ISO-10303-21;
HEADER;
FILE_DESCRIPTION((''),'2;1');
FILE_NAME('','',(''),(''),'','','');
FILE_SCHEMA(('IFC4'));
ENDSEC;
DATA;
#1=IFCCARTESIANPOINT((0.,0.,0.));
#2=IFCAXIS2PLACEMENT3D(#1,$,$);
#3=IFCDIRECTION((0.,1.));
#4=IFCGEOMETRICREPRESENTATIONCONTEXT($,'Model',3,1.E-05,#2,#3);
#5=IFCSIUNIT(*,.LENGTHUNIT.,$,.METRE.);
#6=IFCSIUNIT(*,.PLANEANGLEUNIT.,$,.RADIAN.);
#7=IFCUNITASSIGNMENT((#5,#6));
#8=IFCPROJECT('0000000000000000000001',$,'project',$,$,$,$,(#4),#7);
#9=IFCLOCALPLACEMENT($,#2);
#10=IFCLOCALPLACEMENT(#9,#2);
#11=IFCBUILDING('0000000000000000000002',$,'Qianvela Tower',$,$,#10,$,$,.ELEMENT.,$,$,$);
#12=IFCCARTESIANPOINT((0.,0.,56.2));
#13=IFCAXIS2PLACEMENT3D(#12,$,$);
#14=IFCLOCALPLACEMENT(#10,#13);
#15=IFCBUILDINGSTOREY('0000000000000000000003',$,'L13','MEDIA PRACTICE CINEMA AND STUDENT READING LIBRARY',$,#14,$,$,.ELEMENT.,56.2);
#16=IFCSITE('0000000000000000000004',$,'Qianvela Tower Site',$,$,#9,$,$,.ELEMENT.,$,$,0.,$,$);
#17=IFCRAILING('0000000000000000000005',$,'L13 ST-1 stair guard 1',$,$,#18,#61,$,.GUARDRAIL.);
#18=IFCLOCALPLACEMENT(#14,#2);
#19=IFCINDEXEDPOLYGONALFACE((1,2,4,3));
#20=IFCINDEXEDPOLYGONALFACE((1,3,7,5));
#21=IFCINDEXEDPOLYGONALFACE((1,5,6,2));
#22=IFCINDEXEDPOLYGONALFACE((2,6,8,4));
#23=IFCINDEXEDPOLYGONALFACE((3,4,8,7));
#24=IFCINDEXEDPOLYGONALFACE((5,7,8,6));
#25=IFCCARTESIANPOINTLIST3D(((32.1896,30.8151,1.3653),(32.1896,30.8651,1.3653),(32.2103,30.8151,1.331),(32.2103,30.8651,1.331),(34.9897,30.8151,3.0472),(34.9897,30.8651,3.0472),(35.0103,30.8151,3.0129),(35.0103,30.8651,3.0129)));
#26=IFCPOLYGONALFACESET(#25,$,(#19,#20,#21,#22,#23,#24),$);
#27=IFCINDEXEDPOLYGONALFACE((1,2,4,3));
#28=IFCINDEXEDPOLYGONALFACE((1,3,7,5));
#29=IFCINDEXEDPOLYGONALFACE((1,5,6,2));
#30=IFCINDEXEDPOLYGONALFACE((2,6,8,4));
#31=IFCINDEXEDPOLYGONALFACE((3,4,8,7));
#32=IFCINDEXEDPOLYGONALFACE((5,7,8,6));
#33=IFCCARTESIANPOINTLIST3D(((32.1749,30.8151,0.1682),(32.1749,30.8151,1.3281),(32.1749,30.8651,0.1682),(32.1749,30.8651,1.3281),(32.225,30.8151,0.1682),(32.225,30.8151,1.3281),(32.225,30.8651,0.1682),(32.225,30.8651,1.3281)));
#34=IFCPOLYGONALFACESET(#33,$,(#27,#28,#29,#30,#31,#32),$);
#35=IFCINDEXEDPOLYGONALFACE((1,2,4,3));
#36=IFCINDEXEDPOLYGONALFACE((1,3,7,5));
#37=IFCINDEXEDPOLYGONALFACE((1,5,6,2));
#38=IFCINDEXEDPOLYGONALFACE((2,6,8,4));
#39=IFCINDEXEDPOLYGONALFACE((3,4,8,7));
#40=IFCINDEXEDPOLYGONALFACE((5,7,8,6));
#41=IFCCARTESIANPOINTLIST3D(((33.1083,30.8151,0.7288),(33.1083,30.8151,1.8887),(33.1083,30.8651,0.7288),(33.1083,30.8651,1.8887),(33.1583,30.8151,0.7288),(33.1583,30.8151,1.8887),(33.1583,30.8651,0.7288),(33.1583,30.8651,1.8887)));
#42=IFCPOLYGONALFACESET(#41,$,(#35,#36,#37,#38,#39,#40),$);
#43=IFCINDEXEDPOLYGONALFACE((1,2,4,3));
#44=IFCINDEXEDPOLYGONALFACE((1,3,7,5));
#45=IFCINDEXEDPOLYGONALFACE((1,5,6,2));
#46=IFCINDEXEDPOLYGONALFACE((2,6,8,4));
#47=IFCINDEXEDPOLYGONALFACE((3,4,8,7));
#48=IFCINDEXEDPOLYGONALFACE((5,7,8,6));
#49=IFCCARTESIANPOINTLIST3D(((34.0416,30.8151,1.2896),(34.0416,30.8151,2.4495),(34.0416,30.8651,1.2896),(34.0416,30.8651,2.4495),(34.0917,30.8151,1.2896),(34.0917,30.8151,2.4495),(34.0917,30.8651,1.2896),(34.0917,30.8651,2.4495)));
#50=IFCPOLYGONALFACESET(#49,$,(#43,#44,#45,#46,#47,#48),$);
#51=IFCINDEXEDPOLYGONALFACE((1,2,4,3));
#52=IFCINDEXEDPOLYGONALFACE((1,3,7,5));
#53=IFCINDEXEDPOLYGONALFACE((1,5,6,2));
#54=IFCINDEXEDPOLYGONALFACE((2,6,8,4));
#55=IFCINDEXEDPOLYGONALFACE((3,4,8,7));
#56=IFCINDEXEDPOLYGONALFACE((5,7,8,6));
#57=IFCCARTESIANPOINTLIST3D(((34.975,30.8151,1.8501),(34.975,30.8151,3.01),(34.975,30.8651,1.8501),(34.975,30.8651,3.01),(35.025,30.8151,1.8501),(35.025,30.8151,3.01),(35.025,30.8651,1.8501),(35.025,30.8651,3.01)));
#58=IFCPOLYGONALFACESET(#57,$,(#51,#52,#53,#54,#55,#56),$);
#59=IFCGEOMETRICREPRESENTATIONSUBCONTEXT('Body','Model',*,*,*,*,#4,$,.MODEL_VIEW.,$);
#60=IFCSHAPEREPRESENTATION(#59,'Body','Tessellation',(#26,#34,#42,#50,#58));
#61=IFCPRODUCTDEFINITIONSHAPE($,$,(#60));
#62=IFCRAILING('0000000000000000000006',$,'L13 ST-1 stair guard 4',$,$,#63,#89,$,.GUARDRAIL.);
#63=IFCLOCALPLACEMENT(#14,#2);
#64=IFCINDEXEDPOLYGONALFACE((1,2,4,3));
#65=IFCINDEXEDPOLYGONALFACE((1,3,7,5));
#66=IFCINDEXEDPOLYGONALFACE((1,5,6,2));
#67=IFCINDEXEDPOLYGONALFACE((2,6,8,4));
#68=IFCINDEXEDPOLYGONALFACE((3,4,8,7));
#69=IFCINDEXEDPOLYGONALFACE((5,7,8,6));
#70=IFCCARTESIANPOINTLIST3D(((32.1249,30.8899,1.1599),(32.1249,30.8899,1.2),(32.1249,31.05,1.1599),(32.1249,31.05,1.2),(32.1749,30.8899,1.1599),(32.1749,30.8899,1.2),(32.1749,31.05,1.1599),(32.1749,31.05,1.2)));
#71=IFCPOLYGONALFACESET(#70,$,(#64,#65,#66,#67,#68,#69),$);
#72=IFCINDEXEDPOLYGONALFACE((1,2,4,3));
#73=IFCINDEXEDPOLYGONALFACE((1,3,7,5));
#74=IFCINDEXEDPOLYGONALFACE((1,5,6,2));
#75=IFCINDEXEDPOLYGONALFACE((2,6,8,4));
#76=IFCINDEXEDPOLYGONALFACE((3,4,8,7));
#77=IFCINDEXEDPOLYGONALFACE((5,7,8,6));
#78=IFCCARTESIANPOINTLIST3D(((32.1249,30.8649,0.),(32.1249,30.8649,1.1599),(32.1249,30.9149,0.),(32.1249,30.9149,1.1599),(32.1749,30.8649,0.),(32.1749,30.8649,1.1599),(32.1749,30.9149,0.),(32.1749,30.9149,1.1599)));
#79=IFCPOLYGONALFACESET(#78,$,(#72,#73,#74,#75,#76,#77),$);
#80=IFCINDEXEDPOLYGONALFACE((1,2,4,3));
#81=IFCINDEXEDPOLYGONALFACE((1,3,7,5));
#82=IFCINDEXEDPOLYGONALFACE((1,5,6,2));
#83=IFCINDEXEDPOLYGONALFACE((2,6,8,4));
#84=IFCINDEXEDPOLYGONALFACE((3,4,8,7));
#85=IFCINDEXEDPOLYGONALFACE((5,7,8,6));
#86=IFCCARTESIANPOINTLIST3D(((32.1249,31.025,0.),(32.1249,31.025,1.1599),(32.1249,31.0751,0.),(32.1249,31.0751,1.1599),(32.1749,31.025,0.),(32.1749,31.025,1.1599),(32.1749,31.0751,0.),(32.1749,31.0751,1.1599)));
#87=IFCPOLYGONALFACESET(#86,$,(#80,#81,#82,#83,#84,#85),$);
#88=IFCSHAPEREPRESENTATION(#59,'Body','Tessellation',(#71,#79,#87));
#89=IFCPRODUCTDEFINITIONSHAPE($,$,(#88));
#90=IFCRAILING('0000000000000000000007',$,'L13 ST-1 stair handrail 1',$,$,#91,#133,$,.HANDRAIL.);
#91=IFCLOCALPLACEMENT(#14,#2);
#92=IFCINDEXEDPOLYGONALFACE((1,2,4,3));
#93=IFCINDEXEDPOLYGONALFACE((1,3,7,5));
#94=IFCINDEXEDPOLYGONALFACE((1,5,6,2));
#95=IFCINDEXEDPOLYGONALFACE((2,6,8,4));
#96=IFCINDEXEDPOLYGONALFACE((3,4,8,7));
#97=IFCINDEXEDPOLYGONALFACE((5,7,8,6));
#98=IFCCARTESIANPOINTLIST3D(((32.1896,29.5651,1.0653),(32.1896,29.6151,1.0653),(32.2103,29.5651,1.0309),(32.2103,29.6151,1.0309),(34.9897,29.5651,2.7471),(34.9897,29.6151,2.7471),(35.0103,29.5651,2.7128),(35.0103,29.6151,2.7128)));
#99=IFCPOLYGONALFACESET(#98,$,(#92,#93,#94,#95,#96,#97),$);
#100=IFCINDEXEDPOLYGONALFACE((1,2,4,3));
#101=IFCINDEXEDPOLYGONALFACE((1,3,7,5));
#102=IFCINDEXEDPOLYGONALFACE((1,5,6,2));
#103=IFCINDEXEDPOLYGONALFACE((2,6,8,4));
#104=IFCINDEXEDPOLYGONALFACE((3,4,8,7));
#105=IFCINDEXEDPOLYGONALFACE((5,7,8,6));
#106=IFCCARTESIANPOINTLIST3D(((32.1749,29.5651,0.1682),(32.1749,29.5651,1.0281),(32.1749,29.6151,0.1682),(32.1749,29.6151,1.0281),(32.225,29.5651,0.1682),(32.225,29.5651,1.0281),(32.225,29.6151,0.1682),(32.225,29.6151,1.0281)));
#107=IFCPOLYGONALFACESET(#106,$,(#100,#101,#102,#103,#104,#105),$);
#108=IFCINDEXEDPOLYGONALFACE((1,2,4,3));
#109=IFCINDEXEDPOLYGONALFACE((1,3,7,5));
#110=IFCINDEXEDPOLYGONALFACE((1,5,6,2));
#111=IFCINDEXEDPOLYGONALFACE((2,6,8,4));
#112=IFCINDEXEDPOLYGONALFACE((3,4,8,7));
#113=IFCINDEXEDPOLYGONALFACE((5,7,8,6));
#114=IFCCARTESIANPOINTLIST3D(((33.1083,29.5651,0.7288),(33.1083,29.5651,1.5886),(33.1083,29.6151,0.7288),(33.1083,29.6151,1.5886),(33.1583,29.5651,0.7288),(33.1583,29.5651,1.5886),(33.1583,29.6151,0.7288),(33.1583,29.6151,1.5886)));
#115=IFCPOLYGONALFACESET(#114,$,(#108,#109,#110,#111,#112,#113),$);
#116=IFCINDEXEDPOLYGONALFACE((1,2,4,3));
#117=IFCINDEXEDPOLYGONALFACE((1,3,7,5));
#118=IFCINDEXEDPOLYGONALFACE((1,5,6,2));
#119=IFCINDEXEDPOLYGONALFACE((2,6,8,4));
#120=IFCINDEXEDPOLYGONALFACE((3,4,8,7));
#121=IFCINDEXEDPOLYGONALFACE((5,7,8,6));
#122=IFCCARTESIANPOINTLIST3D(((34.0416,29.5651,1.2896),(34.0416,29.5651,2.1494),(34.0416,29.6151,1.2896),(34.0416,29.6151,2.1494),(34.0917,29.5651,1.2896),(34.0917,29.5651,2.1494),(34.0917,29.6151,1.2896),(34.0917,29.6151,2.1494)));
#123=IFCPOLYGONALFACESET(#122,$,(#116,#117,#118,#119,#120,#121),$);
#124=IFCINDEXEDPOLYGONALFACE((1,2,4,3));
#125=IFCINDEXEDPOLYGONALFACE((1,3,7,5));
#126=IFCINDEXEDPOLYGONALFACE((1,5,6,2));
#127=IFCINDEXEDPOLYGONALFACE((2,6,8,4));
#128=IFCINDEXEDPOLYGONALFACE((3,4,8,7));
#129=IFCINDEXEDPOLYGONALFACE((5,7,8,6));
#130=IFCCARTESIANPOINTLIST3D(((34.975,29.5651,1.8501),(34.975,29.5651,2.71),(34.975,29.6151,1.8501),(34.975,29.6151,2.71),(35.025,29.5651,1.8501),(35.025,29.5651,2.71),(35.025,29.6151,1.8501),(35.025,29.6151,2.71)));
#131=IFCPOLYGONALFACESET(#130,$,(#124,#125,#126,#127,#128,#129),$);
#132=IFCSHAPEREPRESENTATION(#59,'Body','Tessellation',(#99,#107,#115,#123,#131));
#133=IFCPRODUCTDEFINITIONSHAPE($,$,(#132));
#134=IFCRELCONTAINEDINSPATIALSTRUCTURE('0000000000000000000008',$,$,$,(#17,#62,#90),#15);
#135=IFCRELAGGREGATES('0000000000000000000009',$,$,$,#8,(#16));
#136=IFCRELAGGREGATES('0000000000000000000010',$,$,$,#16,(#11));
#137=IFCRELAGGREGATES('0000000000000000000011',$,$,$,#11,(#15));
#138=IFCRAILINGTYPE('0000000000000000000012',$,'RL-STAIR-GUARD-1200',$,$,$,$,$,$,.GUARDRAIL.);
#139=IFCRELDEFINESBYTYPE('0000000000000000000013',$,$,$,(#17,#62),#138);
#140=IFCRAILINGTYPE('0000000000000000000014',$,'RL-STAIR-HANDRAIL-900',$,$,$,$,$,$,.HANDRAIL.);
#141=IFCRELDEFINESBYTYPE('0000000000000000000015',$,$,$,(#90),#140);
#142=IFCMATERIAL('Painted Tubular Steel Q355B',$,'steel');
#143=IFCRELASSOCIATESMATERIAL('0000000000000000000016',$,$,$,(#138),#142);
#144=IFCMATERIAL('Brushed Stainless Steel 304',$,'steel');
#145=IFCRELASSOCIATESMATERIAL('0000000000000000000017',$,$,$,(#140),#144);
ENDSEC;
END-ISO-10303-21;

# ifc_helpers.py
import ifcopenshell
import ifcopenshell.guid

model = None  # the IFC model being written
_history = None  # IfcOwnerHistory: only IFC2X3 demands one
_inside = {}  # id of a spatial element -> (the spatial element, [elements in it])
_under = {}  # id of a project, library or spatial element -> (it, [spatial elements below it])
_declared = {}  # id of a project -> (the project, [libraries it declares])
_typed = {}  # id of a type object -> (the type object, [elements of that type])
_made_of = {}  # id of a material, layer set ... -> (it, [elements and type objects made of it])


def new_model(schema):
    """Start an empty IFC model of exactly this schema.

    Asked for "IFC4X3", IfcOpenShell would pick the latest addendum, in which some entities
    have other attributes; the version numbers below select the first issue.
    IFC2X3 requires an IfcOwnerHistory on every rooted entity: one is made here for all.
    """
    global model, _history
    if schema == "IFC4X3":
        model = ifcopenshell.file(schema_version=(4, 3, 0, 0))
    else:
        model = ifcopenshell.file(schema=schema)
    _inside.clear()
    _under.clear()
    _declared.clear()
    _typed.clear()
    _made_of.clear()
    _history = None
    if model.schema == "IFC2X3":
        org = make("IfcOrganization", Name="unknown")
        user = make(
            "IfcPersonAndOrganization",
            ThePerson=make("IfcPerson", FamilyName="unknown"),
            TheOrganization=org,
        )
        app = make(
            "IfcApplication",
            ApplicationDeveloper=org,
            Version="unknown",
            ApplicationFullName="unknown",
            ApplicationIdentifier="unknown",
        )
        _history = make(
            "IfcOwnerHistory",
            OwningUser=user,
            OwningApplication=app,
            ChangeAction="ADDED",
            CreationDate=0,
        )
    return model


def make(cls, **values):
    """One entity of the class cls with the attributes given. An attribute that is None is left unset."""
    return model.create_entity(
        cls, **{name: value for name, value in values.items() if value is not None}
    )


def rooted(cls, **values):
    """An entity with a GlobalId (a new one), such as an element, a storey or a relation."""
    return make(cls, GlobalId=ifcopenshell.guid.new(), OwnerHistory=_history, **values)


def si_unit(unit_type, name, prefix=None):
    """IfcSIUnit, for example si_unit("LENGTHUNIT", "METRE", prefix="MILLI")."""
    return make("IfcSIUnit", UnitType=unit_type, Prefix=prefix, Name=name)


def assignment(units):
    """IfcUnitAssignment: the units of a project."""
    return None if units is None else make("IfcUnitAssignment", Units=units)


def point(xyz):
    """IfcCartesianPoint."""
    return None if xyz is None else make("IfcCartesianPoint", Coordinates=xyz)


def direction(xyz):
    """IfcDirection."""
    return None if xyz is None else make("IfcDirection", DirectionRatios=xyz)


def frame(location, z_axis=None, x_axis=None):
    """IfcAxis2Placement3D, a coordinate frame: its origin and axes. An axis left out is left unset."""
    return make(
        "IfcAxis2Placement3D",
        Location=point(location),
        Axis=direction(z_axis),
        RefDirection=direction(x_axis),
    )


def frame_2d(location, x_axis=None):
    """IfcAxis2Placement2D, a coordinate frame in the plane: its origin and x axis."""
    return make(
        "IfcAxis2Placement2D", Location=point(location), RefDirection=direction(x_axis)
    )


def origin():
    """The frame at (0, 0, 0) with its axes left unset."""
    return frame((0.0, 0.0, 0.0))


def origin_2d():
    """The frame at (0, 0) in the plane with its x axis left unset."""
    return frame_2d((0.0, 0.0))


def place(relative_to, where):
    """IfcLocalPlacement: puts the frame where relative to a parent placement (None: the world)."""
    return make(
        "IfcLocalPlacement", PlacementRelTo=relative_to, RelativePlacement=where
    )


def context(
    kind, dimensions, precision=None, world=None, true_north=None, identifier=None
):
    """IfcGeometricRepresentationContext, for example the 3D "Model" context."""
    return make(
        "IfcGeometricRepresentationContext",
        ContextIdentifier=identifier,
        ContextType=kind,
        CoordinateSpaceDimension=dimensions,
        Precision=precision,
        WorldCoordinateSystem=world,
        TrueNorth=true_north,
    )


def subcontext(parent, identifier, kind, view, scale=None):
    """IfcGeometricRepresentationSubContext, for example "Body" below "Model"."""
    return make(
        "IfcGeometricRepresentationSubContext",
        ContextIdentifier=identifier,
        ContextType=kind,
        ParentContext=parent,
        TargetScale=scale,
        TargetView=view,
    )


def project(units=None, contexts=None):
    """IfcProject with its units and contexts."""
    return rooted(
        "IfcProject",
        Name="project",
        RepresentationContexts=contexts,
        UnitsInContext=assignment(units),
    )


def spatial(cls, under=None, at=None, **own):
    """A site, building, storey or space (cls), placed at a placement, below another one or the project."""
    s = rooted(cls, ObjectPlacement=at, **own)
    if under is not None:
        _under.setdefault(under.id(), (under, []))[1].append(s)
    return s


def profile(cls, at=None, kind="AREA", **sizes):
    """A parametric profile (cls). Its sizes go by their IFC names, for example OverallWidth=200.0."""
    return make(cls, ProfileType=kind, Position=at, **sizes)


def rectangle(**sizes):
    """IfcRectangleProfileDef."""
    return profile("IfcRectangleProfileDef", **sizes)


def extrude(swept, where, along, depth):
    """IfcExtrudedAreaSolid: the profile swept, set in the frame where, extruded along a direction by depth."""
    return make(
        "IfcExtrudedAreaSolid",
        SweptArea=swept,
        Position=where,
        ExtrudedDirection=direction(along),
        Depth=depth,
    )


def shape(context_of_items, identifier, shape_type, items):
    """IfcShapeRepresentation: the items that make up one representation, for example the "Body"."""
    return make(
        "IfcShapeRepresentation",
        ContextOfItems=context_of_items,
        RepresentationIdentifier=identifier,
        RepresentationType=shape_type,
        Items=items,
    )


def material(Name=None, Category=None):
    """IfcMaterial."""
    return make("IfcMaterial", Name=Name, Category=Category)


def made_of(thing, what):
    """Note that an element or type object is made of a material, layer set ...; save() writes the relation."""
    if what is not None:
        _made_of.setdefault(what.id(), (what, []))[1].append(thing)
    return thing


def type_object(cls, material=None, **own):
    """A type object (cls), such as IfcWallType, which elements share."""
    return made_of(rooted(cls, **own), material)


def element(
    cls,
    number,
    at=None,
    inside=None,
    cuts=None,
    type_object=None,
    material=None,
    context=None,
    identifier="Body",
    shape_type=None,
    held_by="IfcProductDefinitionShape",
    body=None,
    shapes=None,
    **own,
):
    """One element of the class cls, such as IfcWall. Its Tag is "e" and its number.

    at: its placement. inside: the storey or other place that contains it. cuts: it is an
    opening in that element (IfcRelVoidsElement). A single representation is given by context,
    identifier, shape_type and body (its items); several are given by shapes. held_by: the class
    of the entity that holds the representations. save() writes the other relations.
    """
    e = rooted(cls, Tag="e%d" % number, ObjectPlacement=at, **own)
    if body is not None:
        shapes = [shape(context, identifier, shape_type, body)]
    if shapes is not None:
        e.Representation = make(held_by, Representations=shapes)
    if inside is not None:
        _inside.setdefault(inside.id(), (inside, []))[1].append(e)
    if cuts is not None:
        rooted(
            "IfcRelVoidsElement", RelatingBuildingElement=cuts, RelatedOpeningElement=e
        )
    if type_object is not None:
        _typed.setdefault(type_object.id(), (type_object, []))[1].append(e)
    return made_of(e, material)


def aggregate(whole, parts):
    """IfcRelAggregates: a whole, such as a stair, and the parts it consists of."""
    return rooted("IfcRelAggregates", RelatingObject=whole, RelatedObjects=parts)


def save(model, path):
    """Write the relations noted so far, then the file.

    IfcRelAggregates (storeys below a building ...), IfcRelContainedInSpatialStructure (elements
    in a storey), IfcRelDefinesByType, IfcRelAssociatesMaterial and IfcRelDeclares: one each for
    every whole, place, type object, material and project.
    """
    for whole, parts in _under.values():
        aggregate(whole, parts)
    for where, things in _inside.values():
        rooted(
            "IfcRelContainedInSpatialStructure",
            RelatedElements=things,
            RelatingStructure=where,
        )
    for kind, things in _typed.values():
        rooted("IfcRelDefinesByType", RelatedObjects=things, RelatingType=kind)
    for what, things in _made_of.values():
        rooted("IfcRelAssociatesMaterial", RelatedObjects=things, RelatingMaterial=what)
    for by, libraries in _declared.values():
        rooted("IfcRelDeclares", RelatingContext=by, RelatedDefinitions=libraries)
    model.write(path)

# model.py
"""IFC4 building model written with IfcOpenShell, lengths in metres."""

from ifc_helpers import new_model, si_unit, direction, frame, origin, origin_2d, place, context, subcontext, project, spatial, rectangle, extrude, material, type_object, element, save


model = new_model("IFC4")

# Units and contexts
model_context = context("Model", 3, precision=1e-05, world=origin(), true_north=direction((0.0, 1.0)))
body_context = subcontext(model_context, "Body", "Model", "MODEL_VIEW")
ifc_project = project(units=[si_unit("LENGTHUNIT", "METRE"), si_unit("PLANEANGLEUNIT", "RADIAN")], contexts=[model_context])

# Site, building, storey
site_placement = place(None, origin())
site = spatial("IfcSite", under=ifc_project, at=site_placement, Name="Qianvela Tower Site", CompositionType="ELEMENT", RefElevation=0.0)
building_placement = place(site_placement, origin())
building = spatial("IfcBuilding", under=site, at=building_placement, Name="Qianvela Tower", CompositionType="ELEMENT")
storey_placement = place(building_placement, frame((0.0, 0.0, 56.2)))
storey = spatial("IfcBuildingStorey", under=building, at=storey_placement, Name="L13", Description="MEDIA PRACTICE CINEMA AND STUDENT READING LIBRARY", CompositionType="ELEMENT", Elevation=56.2)

# Railings
ifc_material_1 = material(Name="Painted Tubular Steel Q355B", Category="steel")
railing_type_1 = type_object("IfcRailingType", Name="RL-STAIR-GUARD-1200", PredefinedType="GUARDRAIL", material=ifc_material_1)
railing_1_placement = place(storey_placement, frame((32.2, 30.8401, 0.1682)))
element("IfcRailing", 1, at=railing_1_placement, inside=storey, type_object=railing_type_1, Name="L13 ST-1 stair guard 1", PredefinedType="GUARDRAIL", context=body_context, shape_type="SweptSolid", body=[
    extrude(rectangle(XDim=0.05, YDim=0.04, at=origin_2d()), frame((0.0, 0.0, 1.1799), z_axis=(0.857242, 0.0, 0.514913), x_axis=(0.0, 1.0, 0.0)), (0.0, 0.0, 1.0), 3.2664),
    extrude(rectangle(XDim=0.05, YDim=0.05, at=origin_2d()), origin(), (0.0, 0.0, 1.0), 1.1599),
    extrude(rectangle(XDim=0.05, YDim=0.05, at=origin_2d()), frame((0.9333, 0.0, 0.5605)), (0.0, 0.0, 1.0), 1.1599),
    extrude(rectangle(XDim=0.05, YDim=0.05, at=origin_2d()), frame((1.8667, 0.0, 1.1213)), (0.0, 0.0, 1.0), 1.1599),
    extrude(rectangle(XDim=0.05, YDim=0.05, at=origin_2d()), frame((2.8, 0.0, 1.6819)), (0.0, 0.0, 1.0), 1.1599),
])
railing_2_placement = place(storey_placement, frame((32.1499, 30.8899, 0.0)))
element("IfcRailing", 2, at=railing_2_placement, inside=storey, type_object=railing_type_1, Name="L13 ST-1 stair guard 4", PredefinedType="GUARDRAIL", context=body_context, shape_type="SweptSolid", body=[
    extrude(rectangle(XDim=0.05, YDim=0.04, at=origin_2d()), frame((0.0, 0.0, 1.1799), z_axis=(0.0, 1.0, 0.0), x_axis=(-1.0, 0.0, 0.0)), (0.0, 0.0, 1.0), 0.1602),
    extrude(rectangle(XDim=0.05, YDim=0.05, at=origin_2d()), origin(), (0.0, 0.0, 1.0), 1.1599),
    extrude(rectangle(XDim=0.05, YDim=0.05, at=origin_2d()), frame((0.0, 0.1602, 0.0)), (0.0, 0.0, 1.0), 1.1599),
])
ifc_material_2 = material(Name="Brushed Stainless Steel 304", Category="steel")
railing_type_2 = type_object("IfcRailingType", Name="RL-STAIR-HANDRAIL-900", PredefinedType="HANDRAIL", material=ifc_material_2)
railing_3_placement = place(storey_placement, frame((32.2, 29.5901, 0.1682)))
element("IfcRailing", 3, at=railing_3_placement, inside=storey, type_object=railing_type_2, Name="L13 ST-1 stair handrail 1", PredefinedType="HANDRAIL", context=body_context, shape_type="SweptSolid", body=[
    extrude(rectangle(XDim=0.05, YDim=0.04, at=origin_2d()), frame((0.0, 0.0, 0.8799), z_axis=(0.857242, 0.0, 0.514913), x_axis=(0.0, 1.0, 0.0)), (0.0, 0.0, 1.0), 3.2664),
    extrude(rectangle(XDim=0.05, YDim=0.05, at=origin_2d()), origin(), (0.0, 0.0, 1.0), 0.8599),
    extrude(rectangle(XDim=0.05, YDim=0.05, at=origin_2d()), frame((0.9333, 0.0, 0.5605)), (0.0, 0.0, 1.0), 0.8599),
    extrude(rectangle(XDim=0.05, YDim=0.05, at=origin_2d()), frame((1.8667, 0.0, 1.1213)), (0.0, 0.0, 1.0), 0.8599),
    extrude(rectangle(XDim=0.05, YDim=0.05, at=origin_2d()), frame((2.8, 0.0, 1.6819)), (0.0, 0.0, 1.0), 0.8599),
])

save(model, "model.ifc")
